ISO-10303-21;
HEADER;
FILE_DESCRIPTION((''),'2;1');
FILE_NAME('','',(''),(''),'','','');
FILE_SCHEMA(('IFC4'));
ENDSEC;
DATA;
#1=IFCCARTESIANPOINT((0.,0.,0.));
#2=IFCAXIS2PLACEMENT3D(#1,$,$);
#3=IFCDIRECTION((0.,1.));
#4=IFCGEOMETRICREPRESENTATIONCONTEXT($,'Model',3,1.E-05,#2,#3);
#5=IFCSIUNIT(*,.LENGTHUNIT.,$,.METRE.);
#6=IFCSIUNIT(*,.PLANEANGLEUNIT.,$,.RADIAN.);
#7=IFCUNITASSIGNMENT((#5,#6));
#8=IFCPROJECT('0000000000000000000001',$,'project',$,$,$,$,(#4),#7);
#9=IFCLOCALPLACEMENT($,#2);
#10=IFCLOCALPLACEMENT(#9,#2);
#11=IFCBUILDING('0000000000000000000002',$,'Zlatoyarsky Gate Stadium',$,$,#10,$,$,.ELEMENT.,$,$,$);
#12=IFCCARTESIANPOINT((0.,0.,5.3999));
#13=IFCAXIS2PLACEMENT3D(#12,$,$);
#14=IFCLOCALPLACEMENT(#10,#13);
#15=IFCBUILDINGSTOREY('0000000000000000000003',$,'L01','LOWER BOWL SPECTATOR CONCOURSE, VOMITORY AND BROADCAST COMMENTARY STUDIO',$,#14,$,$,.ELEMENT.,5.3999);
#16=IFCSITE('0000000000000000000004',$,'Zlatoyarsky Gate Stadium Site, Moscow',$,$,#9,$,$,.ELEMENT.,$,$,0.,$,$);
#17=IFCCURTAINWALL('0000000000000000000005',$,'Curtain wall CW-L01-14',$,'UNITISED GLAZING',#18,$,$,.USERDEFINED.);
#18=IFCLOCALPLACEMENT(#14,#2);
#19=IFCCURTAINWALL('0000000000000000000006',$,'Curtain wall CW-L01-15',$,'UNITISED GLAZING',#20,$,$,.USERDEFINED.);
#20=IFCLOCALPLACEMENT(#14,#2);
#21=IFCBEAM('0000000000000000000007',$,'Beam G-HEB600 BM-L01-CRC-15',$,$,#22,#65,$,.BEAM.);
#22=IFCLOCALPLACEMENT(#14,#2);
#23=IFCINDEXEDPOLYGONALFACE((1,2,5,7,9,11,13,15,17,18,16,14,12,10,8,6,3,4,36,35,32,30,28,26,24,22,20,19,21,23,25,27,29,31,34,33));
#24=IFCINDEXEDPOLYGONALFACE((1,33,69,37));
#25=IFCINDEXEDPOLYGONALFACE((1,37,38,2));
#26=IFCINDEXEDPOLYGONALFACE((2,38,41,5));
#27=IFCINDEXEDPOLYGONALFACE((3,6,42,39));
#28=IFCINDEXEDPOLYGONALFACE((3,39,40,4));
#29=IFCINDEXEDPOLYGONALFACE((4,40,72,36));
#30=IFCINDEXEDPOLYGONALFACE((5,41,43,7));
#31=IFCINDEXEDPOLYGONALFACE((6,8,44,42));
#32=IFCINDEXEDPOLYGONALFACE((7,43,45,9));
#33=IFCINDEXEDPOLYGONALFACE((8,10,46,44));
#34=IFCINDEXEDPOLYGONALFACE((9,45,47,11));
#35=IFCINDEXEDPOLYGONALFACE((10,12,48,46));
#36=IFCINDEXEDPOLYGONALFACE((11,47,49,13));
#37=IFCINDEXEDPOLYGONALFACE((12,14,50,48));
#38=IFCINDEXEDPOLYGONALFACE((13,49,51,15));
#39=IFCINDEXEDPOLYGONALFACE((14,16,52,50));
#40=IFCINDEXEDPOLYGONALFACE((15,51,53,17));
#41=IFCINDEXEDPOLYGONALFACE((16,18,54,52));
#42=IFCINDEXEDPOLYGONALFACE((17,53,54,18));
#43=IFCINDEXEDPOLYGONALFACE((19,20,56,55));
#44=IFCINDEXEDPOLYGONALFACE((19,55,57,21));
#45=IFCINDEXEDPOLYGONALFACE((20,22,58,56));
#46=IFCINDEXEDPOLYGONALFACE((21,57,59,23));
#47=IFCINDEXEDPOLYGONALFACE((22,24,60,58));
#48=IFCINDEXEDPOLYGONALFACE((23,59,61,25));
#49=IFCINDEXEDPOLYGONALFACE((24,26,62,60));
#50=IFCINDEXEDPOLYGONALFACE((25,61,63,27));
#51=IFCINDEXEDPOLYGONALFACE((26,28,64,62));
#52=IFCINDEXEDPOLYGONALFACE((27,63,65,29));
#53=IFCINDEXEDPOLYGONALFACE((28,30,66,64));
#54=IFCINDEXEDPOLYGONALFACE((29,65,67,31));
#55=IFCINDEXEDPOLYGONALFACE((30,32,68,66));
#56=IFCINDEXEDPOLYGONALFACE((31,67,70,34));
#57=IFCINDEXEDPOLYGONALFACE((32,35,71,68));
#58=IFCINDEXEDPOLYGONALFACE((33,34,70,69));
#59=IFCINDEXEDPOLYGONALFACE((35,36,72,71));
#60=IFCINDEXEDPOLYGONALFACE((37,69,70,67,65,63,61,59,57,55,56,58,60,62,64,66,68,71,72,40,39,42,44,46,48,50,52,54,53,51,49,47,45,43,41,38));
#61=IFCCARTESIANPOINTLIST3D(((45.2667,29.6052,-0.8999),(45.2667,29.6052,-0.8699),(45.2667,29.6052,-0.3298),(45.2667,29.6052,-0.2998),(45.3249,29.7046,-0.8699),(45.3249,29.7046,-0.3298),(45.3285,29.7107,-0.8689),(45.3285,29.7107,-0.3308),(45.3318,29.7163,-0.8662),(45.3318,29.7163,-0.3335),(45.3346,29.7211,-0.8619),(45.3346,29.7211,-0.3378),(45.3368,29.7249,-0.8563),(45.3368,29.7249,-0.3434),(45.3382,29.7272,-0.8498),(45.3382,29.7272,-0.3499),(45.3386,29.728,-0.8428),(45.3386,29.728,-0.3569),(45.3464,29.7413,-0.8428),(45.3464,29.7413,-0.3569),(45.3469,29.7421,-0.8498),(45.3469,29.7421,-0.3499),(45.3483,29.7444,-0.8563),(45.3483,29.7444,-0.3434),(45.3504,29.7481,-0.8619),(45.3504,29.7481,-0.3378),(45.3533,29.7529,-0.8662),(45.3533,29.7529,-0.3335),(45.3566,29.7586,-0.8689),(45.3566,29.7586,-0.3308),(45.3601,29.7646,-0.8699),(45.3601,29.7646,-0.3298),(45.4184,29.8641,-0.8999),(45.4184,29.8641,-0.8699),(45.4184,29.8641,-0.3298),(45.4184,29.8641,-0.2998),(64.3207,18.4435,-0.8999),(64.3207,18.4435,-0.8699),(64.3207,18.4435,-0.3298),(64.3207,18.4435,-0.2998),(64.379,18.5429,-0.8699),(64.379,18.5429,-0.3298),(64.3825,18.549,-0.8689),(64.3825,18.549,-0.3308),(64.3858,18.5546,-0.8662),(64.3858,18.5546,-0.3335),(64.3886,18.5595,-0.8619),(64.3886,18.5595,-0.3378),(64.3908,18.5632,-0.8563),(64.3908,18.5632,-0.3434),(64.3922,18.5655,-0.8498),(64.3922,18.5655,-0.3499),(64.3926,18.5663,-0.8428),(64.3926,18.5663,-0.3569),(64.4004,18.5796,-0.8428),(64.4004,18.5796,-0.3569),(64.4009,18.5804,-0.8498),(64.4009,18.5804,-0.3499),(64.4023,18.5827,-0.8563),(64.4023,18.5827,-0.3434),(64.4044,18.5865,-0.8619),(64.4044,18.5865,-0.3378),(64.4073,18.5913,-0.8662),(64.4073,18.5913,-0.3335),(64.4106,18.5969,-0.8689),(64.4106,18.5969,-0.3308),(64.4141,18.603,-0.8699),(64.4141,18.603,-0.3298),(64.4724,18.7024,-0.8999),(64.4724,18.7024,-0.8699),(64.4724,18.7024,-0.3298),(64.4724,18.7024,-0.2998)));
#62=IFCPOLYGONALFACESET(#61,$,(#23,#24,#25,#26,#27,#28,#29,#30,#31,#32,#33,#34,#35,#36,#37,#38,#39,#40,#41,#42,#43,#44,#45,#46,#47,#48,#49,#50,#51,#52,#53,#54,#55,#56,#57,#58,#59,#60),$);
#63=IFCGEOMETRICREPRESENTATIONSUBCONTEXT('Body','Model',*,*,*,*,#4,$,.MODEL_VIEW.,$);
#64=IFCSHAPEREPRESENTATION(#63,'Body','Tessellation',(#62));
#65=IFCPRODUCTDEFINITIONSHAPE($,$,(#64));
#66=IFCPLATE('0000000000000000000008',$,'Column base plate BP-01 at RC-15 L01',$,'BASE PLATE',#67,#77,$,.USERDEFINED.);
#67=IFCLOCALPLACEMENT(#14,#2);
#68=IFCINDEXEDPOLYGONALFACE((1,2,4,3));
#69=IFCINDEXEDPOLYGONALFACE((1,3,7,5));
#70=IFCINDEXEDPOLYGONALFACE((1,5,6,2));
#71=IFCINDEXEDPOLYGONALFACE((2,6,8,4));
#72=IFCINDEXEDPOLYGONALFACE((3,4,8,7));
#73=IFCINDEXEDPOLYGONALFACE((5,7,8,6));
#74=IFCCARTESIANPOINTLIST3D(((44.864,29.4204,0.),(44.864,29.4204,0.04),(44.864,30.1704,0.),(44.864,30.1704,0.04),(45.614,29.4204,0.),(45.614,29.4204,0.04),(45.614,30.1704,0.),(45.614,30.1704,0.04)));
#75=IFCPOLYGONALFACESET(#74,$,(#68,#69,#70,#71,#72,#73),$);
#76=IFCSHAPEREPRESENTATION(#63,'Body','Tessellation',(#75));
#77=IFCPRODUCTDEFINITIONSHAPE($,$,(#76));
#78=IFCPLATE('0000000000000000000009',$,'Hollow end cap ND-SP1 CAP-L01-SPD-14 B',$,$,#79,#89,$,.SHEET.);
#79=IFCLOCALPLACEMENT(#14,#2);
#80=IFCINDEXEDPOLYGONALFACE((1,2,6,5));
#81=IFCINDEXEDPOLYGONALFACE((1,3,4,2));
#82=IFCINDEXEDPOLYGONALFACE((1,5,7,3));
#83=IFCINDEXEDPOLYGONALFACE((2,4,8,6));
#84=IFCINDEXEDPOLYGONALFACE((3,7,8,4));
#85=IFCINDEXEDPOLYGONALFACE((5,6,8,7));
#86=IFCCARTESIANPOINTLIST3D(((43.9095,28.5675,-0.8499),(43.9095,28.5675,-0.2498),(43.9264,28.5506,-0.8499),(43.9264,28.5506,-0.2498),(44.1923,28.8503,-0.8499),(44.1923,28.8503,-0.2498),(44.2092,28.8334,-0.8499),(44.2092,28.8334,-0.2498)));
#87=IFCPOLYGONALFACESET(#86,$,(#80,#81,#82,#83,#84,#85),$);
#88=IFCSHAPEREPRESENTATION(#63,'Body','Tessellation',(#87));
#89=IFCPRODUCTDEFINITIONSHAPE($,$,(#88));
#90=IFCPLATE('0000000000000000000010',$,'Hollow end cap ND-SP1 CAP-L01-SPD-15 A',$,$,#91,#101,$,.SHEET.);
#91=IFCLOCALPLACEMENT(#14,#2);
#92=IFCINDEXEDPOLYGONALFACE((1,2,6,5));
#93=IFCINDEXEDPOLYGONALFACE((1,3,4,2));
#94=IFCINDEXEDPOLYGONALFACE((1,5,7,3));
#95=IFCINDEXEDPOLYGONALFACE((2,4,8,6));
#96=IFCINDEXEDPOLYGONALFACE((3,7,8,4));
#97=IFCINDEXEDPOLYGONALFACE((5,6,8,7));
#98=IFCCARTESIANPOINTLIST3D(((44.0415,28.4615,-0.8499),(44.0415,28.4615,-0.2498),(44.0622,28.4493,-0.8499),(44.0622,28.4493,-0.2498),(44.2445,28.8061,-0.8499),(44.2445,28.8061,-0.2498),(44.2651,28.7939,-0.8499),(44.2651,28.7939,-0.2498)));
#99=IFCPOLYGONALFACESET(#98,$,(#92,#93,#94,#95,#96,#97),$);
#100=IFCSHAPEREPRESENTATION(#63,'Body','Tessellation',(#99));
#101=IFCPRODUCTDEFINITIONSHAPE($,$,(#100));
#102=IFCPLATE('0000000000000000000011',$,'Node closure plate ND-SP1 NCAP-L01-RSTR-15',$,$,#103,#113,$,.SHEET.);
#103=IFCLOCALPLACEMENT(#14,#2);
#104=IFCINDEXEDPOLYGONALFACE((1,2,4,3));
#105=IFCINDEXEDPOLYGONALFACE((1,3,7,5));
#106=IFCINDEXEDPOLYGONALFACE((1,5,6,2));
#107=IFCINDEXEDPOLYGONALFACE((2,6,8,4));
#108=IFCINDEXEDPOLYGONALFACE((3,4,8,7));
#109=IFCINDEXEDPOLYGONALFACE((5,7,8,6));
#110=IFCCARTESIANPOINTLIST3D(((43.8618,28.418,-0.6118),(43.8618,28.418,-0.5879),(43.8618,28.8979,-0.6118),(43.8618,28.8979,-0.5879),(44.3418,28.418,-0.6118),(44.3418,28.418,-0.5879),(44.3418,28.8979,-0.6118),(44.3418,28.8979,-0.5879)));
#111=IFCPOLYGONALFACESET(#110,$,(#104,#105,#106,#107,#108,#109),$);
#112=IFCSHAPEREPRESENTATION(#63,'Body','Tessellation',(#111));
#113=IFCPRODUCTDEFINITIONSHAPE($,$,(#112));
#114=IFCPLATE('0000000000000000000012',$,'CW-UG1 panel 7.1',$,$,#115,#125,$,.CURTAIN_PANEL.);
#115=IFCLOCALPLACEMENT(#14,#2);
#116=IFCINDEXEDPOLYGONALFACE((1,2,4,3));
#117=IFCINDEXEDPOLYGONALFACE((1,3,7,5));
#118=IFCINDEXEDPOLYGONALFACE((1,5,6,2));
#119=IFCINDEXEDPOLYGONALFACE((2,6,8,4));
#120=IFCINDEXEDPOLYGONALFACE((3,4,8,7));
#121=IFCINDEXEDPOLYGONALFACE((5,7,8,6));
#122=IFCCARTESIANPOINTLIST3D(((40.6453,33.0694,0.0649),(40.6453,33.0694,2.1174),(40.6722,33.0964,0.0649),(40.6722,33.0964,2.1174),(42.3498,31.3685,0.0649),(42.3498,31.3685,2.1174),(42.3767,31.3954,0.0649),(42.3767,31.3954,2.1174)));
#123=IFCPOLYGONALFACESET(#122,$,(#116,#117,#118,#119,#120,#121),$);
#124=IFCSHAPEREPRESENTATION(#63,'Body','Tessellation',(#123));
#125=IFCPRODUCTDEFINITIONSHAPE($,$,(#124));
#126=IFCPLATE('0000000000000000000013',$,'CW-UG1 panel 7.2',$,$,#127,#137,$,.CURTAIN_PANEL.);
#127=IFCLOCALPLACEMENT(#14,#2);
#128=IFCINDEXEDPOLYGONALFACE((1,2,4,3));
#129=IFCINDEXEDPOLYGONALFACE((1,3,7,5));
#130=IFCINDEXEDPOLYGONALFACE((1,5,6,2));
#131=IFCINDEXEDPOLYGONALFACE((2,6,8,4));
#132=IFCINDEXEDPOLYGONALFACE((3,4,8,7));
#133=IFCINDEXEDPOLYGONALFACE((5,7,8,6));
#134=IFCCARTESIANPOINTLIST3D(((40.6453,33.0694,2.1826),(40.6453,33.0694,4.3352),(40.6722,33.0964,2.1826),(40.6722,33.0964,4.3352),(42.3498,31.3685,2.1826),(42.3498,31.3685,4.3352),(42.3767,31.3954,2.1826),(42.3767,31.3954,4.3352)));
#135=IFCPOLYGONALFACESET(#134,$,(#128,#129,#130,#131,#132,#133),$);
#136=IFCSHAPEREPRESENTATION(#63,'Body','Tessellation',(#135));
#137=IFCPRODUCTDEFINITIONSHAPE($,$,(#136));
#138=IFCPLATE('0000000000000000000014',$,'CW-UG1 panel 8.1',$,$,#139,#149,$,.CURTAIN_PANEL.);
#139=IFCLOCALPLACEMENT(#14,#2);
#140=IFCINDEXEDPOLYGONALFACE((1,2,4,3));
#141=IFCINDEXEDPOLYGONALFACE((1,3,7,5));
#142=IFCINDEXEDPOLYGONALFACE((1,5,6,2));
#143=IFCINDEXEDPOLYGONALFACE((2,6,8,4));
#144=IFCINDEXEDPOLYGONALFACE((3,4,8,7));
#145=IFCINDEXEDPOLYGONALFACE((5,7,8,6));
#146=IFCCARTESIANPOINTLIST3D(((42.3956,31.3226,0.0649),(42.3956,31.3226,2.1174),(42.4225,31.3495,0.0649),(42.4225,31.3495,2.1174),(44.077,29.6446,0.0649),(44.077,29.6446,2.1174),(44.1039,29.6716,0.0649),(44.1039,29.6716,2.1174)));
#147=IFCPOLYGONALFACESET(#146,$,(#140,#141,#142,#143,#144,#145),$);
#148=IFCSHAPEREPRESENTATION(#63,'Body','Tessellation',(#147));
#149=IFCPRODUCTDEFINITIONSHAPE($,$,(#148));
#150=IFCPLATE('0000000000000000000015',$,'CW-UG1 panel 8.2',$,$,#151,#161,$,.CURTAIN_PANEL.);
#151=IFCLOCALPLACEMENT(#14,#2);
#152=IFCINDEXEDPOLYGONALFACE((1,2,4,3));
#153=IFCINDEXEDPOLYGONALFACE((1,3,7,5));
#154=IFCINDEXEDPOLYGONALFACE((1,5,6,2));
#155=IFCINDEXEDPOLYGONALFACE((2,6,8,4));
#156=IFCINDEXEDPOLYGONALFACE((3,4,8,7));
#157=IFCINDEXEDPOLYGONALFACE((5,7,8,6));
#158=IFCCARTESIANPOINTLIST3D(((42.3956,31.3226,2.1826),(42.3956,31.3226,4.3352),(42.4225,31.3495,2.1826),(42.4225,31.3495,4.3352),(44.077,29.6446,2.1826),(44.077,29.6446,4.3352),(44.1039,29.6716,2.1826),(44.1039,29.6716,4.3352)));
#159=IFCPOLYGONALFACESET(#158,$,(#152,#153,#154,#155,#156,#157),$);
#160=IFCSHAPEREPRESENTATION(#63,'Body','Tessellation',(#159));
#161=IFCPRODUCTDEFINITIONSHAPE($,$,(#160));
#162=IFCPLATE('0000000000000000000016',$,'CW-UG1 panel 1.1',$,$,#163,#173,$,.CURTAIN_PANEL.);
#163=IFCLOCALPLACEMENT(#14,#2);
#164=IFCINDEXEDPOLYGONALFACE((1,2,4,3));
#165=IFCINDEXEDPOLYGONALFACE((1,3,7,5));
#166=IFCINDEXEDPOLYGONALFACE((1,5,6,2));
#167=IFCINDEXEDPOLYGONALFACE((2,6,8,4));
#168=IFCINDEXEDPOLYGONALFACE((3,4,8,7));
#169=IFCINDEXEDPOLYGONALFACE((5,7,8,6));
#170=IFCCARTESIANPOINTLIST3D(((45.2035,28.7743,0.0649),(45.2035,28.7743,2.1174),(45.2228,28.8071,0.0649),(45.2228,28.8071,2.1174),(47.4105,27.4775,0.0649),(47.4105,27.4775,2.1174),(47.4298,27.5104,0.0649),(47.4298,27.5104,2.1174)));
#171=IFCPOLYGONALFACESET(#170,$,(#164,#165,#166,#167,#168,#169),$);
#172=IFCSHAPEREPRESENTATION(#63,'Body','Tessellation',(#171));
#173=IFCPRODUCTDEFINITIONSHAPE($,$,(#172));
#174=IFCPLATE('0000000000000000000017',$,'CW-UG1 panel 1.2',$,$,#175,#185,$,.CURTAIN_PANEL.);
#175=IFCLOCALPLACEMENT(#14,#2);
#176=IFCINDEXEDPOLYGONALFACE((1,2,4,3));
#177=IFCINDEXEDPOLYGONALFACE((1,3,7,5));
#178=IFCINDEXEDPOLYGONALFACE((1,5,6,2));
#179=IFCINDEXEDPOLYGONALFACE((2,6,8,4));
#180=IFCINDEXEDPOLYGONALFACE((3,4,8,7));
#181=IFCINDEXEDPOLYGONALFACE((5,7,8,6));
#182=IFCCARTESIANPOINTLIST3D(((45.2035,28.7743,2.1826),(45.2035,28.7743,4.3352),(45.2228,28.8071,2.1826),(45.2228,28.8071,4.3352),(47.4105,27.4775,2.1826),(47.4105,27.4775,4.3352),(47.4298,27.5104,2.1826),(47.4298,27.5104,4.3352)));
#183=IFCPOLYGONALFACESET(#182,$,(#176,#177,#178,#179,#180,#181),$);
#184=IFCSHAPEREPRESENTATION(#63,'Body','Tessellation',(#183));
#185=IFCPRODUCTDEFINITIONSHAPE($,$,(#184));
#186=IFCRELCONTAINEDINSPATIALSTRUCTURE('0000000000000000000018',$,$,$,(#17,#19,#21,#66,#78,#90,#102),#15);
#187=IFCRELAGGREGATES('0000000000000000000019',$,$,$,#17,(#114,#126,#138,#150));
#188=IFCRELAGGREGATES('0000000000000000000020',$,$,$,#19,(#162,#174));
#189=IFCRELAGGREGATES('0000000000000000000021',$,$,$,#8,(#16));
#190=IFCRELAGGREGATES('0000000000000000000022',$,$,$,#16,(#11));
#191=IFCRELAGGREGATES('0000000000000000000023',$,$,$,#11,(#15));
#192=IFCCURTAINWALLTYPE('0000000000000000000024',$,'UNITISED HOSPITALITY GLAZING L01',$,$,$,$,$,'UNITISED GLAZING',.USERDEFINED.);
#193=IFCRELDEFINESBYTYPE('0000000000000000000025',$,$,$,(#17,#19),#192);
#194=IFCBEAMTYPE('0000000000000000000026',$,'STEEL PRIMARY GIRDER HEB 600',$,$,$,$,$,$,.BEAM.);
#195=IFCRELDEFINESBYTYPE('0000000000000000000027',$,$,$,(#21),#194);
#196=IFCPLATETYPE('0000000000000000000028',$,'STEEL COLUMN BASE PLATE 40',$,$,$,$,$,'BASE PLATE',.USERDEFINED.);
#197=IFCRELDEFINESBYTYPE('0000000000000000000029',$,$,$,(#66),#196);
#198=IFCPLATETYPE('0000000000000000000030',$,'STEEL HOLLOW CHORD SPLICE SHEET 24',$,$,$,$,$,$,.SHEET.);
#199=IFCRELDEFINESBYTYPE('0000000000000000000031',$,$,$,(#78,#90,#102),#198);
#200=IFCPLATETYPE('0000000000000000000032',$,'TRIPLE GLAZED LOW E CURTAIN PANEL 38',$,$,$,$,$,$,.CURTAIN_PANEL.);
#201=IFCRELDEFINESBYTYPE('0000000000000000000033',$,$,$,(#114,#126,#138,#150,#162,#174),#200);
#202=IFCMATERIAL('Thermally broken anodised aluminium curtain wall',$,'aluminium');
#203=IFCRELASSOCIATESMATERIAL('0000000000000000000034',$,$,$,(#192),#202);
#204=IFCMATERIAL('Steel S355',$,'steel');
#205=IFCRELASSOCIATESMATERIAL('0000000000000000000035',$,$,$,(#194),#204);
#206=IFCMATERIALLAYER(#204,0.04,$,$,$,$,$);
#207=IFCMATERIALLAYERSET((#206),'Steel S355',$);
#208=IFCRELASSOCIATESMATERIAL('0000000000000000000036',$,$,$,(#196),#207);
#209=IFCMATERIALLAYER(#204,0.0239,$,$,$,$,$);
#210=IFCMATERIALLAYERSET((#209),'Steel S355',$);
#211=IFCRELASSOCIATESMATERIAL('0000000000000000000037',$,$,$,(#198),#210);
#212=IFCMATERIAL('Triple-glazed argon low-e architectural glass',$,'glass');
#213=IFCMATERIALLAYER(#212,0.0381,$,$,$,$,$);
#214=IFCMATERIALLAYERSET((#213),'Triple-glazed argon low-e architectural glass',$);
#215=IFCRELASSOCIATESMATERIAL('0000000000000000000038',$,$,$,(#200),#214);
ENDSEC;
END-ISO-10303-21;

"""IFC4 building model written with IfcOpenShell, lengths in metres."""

from ifc_helpers import new_model, si_unit, direction, frame, origin, origin_2d, place, context, subcontext, project, spatial, rectangle, i_section, extrude, material, layer, layer_set, material_profile, profile_set, type_object, element, aggregate, save


model = new_model("IFC4")

# Units and contexts
model_context = context("Model", 3, precision=1e-05, world=origin(), true_north=direction((0.0, 1.0)))
body_context = subcontext(model_context, "Body", "Model", "MODEL_VIEW")
ifc_project = project(units=[si_unit("LENGTHUNIT", "METRE"), si_unit("PLANEANGLEUNIT", "RADIAN")], contexts=[model_context])

# Site, building, storey
site_placement = place(None, origin())
site = spatial("IfcSite", under=ifc_project, at=site_placement, Name="Zlatoyarsky Gate Stadium Site, Moscow", CompositionType="ELEMENT", RefElevation=0.0)
building_placement = place(site_placement, origin())
building = spatial("IfcBuilding", under=site, at=building_placement, Name="Zlatoyarsky Gate Stadium", CompositionType="ELEMENT")
storey_placement = place(building_placement, frame((0.0, 0.0, 5.3999)))
storey = spatial("IfcBuildingStorey", under=building, at=storey_placement, Name="L01", Description="LOWER BOWL SPECTATOR CONCOURSE, VOMITORY AND BROADCAST COMMENTARY STUDIO", CompositionType="ELEMENT", Elevation=5.3999)

# Shared definitions
ifc_material_1 = material(Name="Steel S355", Category="steel")

# Curtain walls
ifc_material_2 = material(Name="Thermally broken anodised aluminium curtain wall", Category="aluminium")
curtain_wall_type = type_object("IfcCurtainWallType", Name="UNITISED HOSPITALITY GLAZING L01", ElementType="UNITISED GLAZING", PredefinedType="USERDEFINED", material=ifc_material_2)
curtain_wall_1_placement = place(storey_placement, origin())
curtain_wall_1 = element("IfcCurtainWall", 1, at=curtain_wall_1_placement, inside=storey, type_object=curtain_wall_type, Name="Curtain wall CW-L01-14", ObjectType="UNITISED GLAZING", PredefinedType="USERDEFINED")
curtain_wall_2_placement = place(storey_placement, origin())
curtain_wall_2 = element("IfcCurtainWall", 2, at=curtain_wall_2_placement, inside=storey, type_object=curtain_wall_type, Name="Curtain wall CW-L01-15", ObjectType="UNITISED GLAZING", PredefinedType="USERDEFINED")

# Beam
ifc_material_profile_1 = material_profile(ifc_material_1, i_section(OverallWidth=0.3, OverallDepth=0.6001, WebThickness=0.0154, FlangeThickness=0.03, FilletRadius=0.0271, at=origin_2d()), Name="HEB 600")
ifc_profile_set_1 = profile_set([ifc_material_profile_1], Name="Steel S355")
beam_type_1 = type_object("IfcBeamType", Name="STEEL PRIMARY GIRDER HEB 600", PredefinedType="BEAM", material=ifc_profile_set_1)
beam_1_placement = place(storey_placement, frame((45.3425, 29.7346, -0.5999), z_axis=(0.862855, -0.505452, 0.0), x_axis=(0.505452, 0.862855, 0.0)))
element("IfcBeam", 3, at=beam_1_placement, inside=storey, type_object=beam_type_1, Name="Beam G-HEB600 BM-L01-CRC-15", PredefinedType="BEAM", context=body_context, shape_type="SweptSolid", body=[
    extrude(i_section(OverallWidth=0.3, OverallDepth=0.6001, WebThickness=0.0154, FlangeThickness=0.03, FilletRadius=0.0271, at=origin_2d()), origin(), (0.0, 0.0, 1.0), 22.0825),
])

# Plates
ifc_layer_1 = layer(ifc_material_1, 0.04)
ifc_layer_set_1 = layer_set([ifc_layer_1], Name="Steel S355")
plate_type_1 = type_object("IfcPlateType", Name="STEEL COLUMN BASE PLATE 40", ElementType="BASE PLATE", PredefinedType="USERDEFINED", material=ifc_layer_set_1)
plate_1_placement = place(storey_placement, frame((45.239, 29.7954, 0.0), z_axis=(0.0, 0.0, 1.0), x_axis=(1.0, 0.0, 0.0)))
element("IfcPlate", 4, at=plate_1_placement, inside=storey, type_object=plate_type_1, Name="Column base plate BP-01 at RC-15 L01", ObjectType="BASE PLATE", PredefinedType="USERDEFINED", context=body_context, shape_type="SweptSolid", body=[
    extrude(rectangle(XDim=0.75, YDim=0.75, at=origin_2d()), origin(), (0.0, 0.0, 1.0), 0.04),
])
ifc_layer_2 = layer(ifc_material_1, 0.0239)
ifc_layer_set_2 = layer_set([ifc_layer_2], Name="Steel S355")
plate_type_2 = type_object("IfcPlateType", Name="STEEL HOLLOW CHORD SPLICE SHEET 24", PredefinedType="SHEET", material=ifc_layer_set_2)
for number, where, z_axis, x_axis, name in (
    (5, (44.0593, 28.7004, -0.8499), (0.0, 0.0, 1.0), (0.707043, -0.70717, 0.0), "Hollow end cap ND-SP1 CAP-L01-SPD-14 B"),
    (6, (44.1533, 28.6277, -0.8499), (0.0, 0.0, 1.0), (0.861686, -0.507442, 0.0), "Hollow end cap ND-SP1 CAP-L01-SPD-15 A"),
):
    element("IfcPlate", number, at=place(storey_placement, frame(where, z_axis=z_axis, x_axis=x_axis)), inside=storey, type_object=plate_type_2, Name=name, PredefinedType="SHEET", context=body_context, shape_type="SweptSolid", body=[
        extrude(rectangle(XDim=0.0239, YDim=0.3999, at=origin_2d()), origin(), (0.0, 0.0, 1.0), 0.6001),
    ])
plate_2_placement = place(storey_placement, frame((44.1018, 28.658, -0.6118), z_axis=(0.0, 0.0, 1.0), x_axis=(1.0, 0.0, 0.0)))
element("IfcPlate", 7, at=plate_2_placement, inside=storey, type_object=plate_type_2, Name="Node closure plate ND-SP1 NCAP-L01-RSTR-15", PredefinedType="SHEET", context=body_context, shape_type="SweptSolid", body=[
    extrude(rectangle(XDim=0.48, YDim=0.48, at=origin_2d()), origin(), (0.0, 0.0, 1.0), 0.0239),
])

# Plates
ifc_material_3 = material(Name="Triple-glazed argon low-e architectural glass", Category="glass")
ifc_layer_3 = layer(ifc_material_3, 0.0381)
ifc_layer_set_3 = layer_set([ifc_layer_3], Name="Triple-glazed argon low-e architectural glass")
plate_type_3 = type_object("IfcPlateType", Name="TRIPLE GLAZED LOW E CURTAIN PANEL 38", PredefinedType="CURTAIN_PANEL", material=ifc_layer_set_3)
plate_3_placement = place(storey_placement, frame((41.511, 32.2324, 0.0649), z_axis=(0.0, 0.0, 1.0), x_axis=(0.707839, -0.706373, 0.0)))
plate_3 = element("IfcPlate", 8, at=plate_3_placement, type_object=plate_type_3, Name="CW-UG1 panel 7.1", PredefinedType="CURTAIN_PANEL", context=body_context, shape_type="SweptSolid", body=[
    extrude(rectangle(XDim=2.408, YDim=0.0381, at=origin_2d()), origin(), (0.0, 0.0, 1.0), 2.0525),
])
plate_4_placement = place(storey_placement, frame((41.511, 32.2324, 2.1826), z_axis=(0.0, 0.0, 1.0), x_axis=(0.707839, -0.706373, 0.0)))
plate_4 = element("IfcPlate", 9, at=plate_4_placement, type_object=plate_type_3, Name="CW-UG1 panel 7.2", PredefinedType="CURTAIN_PANEL", context=body_context, shape_type="SweptSolid", body=[
    extrude(rectangle(XDim=2.408, YDim=0.0381, at=origin_2d()), origin(), (0.0, 0.0, 1.0), 2.1526),
])
plate_5_placement = place(storey_placement, frame((43.2498, 30.4971, 0.0649), z_axis=(0.0, 0.0, 1.0), x_axis=(0.707839, -0.706373, 0.0)))
plate_5 = element("IfcPlate", 10, at=plate_5_placement, type_object=plate_type_3, Name="CW-UG1 panel 8.1", PredefinedType="CURTAIN_PANEL", context=body_context, shape_type="SweptSolid", body=[
    extrude(rectangle(XDim=2.3755, YDim=0.0381, at=origin_2d()), origin(), (0.0, 0.0, 1.0), 2.0525),
])
plate_6_placement = place(storey_placement, frame((43.2498, 30.4971, 2.1826), z_axis=(0.0, 0.0, 1.0), x_axis=(0.707839, -0.706373, 0.0)))
plate_6 = element("IfcPlate", 11, at=plate_6_placement, type_object=plate_type_3, Name="CW-UG1 panel 8.2", PredefinedType="CURTAIN_PANEL", context=body_context, shape_type="SweptSolid", body=[
    extrude(rectangle(XDim=2.3755, YDim=0.0381, at=origin_2d()), origin(), (0.0, 0.0, 1.0), 2.1526),
])
aggregate(curtain_wall_1, [plate_3, plate_4, plate_5, plate_6])
plate_7_placement = place(storey_placement, frame((46.3167, 28.1423, 0.0649), z_axis=(0.0, 0.0, 1.0), x_axis=(0.862187, -0.50659, 0.0)))
plate_7 = element("IfcPlate", 12, at=plate_7_placement, type_object=plate_type_3, Name="CW-UG1 panel 1.1", PredefinedType="CURTAIN_PANEL", context=body_context, shape_type="SweptSolid", body=[
    extrude(rectangle(XDim=2.5598, YDim=0.0381, at=origin_2d()), origin(), (0.0, 0.0, 1.0), 2.0525),
])
plate_8_placement = place(storey_placement, frame((46.3167, 28.1423, 2.1826), z_axis=(0.0, 0.0, 1.0), x_axis=(0.862187, -0.50659, 0.0)))
plate_8 = element("IfcPlate", 13, at=plate_8_placement, type_object=plate_type_3, Name="CW-UG1 panel 1.2", PredefinedType="CURTAIN_PANEL", context=body_context, shape_type="SweptSolid", body=[
    extrude(rectangle(XDim=2.5598, YDim=0.0381, at=origin_2d()), origin(), (0.0, 0.0, 1.0), 2.1526),
])
aggregate(curtain_wall_2, [plate_7, plate_8])

save(model, "model.ifc")
